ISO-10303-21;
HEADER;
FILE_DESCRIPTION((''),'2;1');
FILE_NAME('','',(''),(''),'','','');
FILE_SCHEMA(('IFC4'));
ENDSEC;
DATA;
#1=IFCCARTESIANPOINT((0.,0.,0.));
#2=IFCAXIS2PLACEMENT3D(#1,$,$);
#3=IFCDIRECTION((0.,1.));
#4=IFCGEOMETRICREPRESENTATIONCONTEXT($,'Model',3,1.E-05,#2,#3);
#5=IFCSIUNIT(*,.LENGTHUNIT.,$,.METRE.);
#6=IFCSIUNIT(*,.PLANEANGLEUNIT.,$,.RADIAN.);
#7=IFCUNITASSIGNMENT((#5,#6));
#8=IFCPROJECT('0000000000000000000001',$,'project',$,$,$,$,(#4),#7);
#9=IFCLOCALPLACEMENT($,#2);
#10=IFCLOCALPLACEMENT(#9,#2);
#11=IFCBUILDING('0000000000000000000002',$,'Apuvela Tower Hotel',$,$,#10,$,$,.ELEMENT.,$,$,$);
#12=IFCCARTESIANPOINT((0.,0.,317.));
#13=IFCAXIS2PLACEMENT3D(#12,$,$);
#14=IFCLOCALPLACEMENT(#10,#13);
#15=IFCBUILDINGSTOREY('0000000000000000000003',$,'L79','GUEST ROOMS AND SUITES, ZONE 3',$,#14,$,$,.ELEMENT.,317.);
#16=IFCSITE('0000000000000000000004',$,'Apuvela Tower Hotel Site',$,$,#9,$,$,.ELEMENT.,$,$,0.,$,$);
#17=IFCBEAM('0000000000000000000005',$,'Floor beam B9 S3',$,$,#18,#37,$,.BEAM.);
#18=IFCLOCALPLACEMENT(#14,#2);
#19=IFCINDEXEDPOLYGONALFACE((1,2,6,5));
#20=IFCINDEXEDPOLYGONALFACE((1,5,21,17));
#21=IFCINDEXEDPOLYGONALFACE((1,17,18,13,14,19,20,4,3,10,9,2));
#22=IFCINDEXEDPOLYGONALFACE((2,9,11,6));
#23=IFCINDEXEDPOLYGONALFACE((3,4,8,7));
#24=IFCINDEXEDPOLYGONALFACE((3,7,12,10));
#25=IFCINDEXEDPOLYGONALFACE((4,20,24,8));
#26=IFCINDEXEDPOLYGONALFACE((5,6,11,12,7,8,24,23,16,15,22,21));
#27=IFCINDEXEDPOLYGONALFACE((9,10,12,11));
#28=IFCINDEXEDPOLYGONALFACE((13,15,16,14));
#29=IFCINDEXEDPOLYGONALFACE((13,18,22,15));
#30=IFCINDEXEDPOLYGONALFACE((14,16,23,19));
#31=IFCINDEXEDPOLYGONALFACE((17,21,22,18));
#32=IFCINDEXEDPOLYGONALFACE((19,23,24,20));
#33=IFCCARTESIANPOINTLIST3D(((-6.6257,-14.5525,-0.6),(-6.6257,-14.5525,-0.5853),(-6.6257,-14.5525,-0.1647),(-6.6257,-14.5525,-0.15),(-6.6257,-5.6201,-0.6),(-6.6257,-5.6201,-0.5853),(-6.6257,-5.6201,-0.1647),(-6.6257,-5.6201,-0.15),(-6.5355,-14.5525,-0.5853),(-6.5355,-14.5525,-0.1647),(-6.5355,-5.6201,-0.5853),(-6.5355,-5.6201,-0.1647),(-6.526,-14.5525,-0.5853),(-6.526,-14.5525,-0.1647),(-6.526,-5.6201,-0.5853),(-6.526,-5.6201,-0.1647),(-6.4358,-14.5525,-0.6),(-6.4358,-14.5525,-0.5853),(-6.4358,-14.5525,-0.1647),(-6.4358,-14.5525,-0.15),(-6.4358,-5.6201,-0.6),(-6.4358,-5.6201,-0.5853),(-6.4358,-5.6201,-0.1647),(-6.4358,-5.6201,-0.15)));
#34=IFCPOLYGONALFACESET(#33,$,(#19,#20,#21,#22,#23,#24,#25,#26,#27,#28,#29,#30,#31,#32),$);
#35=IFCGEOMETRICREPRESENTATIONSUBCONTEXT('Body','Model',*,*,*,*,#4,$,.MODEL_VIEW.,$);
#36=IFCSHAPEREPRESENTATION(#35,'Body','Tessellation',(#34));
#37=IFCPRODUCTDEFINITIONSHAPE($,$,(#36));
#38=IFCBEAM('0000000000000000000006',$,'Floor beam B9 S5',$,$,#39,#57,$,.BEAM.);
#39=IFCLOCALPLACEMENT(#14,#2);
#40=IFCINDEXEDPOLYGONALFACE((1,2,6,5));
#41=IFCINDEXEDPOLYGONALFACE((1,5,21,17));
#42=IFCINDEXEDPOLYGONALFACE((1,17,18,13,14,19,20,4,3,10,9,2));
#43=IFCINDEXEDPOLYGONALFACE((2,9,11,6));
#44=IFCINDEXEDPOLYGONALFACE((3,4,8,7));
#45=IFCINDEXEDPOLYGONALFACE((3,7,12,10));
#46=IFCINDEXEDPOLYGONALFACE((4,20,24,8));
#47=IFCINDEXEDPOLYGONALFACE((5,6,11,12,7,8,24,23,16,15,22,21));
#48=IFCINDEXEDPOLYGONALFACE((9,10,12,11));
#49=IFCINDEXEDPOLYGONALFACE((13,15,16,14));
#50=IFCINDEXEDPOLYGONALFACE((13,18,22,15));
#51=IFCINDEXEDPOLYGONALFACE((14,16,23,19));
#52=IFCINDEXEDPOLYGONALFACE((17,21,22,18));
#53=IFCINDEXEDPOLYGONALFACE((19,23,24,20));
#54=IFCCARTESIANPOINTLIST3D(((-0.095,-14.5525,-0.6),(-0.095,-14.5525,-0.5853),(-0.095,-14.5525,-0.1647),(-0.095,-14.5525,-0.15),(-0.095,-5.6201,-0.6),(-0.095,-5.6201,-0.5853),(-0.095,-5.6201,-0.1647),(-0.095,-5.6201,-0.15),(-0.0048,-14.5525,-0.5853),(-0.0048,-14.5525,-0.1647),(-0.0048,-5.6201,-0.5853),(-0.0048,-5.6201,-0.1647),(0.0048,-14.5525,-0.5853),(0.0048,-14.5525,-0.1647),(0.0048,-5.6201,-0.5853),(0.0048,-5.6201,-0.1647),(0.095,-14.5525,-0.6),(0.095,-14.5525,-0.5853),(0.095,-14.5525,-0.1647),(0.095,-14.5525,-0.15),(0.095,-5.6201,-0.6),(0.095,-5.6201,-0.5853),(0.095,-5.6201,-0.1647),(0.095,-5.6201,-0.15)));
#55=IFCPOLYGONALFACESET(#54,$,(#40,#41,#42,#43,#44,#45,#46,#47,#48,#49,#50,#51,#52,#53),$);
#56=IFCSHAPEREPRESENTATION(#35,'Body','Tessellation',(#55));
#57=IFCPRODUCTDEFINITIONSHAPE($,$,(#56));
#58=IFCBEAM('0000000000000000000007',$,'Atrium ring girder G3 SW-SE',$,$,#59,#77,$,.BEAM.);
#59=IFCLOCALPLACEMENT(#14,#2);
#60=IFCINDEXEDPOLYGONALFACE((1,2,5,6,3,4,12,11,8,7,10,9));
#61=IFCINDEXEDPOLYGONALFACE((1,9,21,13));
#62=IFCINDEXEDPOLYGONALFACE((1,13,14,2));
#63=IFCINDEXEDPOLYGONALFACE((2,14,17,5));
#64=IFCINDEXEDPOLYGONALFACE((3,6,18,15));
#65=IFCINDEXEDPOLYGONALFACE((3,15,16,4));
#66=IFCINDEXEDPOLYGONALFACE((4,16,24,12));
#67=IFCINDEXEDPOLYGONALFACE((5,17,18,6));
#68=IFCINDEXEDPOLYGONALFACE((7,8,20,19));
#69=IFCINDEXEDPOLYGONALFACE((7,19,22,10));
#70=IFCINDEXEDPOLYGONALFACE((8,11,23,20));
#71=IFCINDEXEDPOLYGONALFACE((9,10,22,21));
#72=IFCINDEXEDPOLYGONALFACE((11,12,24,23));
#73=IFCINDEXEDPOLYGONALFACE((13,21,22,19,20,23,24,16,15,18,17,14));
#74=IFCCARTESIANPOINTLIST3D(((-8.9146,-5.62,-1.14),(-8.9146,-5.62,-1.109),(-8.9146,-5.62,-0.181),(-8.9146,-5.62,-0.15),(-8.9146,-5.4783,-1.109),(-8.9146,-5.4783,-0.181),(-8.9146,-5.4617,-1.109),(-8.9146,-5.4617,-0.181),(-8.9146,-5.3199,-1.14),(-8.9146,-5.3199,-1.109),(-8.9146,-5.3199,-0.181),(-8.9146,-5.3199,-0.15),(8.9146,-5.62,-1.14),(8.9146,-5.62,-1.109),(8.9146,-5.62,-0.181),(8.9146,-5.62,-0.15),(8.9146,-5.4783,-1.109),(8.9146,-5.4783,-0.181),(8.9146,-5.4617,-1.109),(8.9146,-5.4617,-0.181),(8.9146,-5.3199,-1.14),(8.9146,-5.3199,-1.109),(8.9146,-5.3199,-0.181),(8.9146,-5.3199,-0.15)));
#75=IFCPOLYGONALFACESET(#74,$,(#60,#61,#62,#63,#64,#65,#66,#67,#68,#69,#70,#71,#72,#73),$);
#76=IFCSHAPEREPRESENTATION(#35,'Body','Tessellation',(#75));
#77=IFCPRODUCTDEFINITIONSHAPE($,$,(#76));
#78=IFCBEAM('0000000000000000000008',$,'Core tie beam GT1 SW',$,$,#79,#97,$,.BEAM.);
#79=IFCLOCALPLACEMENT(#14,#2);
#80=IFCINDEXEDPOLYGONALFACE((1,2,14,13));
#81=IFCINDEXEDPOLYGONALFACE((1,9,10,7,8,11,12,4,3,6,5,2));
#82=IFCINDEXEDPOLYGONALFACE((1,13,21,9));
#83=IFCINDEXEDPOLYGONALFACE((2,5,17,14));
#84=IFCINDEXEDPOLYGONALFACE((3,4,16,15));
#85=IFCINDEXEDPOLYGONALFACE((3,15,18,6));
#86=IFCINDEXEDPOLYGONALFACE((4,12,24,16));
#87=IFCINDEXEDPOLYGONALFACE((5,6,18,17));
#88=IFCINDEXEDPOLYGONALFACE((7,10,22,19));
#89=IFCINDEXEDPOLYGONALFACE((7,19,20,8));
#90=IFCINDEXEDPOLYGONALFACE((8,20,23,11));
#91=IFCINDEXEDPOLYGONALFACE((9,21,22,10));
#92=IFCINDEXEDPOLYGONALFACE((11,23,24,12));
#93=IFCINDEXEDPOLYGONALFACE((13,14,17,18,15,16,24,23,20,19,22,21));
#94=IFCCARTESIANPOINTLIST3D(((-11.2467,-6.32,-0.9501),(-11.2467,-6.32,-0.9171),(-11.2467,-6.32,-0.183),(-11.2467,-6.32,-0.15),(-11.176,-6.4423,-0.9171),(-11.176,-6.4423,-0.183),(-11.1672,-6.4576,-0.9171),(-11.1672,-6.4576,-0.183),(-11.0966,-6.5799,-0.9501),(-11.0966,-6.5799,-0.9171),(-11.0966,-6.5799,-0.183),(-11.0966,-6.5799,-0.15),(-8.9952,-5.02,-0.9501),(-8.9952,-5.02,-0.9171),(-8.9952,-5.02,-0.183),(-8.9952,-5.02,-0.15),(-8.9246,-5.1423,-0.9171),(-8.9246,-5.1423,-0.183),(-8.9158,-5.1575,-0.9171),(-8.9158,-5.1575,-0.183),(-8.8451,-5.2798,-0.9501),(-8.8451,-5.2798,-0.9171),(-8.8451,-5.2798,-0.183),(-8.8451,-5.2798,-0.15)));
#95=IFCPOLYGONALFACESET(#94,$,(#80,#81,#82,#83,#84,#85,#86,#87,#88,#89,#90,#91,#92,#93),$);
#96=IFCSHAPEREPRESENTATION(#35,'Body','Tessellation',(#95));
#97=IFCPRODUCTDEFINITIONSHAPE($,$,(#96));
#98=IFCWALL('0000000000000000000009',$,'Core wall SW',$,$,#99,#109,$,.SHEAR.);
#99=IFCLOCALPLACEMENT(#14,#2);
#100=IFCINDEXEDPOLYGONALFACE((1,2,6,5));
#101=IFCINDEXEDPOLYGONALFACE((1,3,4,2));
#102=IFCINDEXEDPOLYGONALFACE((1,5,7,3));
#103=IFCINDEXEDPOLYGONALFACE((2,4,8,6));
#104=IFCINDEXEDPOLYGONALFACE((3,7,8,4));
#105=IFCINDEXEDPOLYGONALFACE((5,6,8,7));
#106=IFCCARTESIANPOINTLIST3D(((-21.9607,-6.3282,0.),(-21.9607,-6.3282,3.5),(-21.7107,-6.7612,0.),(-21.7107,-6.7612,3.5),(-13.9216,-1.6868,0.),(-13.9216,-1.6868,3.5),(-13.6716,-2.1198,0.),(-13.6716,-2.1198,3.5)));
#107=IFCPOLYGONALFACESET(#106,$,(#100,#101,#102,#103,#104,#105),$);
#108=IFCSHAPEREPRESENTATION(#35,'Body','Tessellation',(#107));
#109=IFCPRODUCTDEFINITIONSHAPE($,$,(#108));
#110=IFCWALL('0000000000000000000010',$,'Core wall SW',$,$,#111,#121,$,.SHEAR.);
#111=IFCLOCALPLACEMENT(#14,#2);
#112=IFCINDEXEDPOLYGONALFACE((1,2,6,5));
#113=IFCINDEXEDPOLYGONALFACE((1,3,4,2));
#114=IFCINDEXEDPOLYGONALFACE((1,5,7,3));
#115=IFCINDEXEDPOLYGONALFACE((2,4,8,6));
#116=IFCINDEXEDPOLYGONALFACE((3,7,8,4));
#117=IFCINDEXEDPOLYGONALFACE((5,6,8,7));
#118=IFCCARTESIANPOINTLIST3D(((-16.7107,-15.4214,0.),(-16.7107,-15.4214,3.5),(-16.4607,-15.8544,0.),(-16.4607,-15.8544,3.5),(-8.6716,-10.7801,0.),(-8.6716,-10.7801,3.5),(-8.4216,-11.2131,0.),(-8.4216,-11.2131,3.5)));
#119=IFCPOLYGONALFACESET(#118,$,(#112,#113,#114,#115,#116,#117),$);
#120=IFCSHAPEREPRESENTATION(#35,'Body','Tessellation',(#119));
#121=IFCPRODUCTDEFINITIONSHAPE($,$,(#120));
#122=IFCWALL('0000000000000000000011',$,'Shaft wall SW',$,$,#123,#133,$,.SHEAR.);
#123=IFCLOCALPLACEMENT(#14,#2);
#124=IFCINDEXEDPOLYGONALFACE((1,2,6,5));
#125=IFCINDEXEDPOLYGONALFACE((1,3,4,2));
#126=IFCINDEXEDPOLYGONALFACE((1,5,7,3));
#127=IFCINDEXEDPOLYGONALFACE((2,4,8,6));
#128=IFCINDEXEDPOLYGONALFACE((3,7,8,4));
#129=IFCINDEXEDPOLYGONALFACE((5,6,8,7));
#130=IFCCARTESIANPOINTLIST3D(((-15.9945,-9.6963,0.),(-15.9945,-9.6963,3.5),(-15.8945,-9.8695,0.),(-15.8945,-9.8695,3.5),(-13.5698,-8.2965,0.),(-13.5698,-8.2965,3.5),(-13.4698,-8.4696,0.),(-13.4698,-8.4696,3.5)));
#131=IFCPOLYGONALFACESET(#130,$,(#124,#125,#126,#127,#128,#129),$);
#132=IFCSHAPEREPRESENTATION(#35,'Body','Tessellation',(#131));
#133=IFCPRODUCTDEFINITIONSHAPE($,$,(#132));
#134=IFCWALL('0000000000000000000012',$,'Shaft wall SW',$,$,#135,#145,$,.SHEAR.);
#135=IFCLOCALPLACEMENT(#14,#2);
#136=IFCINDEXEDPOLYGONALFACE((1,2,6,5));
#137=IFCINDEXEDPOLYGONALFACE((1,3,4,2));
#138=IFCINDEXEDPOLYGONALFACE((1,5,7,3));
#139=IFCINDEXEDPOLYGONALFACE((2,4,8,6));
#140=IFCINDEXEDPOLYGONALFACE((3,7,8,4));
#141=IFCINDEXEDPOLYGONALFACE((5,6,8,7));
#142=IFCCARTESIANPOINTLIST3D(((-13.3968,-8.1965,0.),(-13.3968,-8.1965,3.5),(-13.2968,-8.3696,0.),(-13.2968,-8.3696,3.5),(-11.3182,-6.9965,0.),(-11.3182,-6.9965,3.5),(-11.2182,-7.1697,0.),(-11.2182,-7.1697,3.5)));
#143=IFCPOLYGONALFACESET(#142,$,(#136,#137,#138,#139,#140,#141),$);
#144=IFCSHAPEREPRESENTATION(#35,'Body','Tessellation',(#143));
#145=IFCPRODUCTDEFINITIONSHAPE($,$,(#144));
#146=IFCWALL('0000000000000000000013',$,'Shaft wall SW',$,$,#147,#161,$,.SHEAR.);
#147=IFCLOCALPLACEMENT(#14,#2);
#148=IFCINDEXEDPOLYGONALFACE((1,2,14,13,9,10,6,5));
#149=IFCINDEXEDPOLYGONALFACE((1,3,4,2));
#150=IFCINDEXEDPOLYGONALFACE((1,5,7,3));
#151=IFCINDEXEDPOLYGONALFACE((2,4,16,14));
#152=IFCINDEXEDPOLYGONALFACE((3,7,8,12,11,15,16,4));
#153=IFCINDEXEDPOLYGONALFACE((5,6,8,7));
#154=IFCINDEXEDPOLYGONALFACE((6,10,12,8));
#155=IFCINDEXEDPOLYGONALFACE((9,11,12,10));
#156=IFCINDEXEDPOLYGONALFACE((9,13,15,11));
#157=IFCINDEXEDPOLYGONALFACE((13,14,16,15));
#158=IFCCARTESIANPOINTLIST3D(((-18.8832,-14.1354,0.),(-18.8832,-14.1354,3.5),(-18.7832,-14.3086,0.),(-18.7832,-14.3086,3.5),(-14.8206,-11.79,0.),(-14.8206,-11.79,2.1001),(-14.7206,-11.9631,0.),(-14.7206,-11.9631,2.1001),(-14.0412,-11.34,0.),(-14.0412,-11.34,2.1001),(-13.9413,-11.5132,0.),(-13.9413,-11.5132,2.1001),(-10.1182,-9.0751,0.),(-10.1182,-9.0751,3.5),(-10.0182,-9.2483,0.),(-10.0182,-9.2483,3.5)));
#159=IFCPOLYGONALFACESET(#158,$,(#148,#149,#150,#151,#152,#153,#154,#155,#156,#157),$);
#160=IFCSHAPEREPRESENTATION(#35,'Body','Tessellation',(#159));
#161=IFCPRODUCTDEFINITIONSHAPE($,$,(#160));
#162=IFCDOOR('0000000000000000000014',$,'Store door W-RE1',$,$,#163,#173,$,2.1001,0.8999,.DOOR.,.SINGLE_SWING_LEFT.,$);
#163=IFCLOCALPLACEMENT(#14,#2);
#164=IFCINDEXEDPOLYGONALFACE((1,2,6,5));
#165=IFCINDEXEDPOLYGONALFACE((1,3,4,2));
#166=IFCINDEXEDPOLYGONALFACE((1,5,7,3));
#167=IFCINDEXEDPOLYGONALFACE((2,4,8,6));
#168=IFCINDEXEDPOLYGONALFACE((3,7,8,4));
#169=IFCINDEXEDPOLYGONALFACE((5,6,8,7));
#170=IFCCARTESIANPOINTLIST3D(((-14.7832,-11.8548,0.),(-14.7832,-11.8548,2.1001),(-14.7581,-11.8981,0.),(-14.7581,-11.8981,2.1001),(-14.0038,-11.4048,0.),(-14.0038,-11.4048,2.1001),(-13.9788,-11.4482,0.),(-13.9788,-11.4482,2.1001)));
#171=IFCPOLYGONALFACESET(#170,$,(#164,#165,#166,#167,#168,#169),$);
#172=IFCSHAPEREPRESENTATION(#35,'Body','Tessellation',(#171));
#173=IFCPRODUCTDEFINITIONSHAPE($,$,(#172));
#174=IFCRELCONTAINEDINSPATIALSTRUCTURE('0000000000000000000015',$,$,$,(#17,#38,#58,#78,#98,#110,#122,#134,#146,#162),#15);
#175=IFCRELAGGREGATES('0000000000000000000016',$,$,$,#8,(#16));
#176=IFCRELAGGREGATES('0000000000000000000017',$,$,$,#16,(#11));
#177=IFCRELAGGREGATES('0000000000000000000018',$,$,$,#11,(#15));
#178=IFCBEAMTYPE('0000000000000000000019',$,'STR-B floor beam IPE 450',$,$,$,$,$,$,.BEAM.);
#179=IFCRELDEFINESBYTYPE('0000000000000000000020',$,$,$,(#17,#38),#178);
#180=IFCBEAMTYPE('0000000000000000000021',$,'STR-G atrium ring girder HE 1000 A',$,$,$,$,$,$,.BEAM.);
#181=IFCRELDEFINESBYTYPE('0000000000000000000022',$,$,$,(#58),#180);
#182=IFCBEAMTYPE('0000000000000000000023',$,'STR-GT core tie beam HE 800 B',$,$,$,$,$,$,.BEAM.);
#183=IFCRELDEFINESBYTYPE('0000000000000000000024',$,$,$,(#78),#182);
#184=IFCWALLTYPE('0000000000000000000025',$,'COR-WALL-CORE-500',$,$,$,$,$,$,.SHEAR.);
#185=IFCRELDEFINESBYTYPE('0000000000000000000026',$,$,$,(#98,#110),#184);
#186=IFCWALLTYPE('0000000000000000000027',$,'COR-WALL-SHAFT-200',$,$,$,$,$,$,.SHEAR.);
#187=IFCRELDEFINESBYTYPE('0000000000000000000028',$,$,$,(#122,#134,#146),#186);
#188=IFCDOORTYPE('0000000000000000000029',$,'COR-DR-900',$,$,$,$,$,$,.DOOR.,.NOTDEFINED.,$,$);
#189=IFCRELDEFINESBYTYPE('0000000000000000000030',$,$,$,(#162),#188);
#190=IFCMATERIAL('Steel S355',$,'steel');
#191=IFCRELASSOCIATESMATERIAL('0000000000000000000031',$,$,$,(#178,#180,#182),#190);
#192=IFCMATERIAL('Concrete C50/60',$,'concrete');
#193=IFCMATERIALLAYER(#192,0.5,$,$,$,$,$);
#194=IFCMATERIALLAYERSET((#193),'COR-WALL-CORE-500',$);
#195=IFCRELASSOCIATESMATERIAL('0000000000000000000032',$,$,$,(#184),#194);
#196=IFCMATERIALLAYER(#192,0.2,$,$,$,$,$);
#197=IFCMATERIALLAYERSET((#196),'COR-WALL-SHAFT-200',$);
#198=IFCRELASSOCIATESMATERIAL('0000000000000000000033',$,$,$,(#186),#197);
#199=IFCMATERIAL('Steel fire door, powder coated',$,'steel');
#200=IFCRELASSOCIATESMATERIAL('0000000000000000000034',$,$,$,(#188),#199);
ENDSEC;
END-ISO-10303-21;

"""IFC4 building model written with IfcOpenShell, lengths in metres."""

from ifc_helpers import new_model, si_unit, direction, frame, frame_2d, origin, origin_2d, place, context, subcontext, project, spatial, rectangle, i_section, extrude, material, layer, layer_set, material_profile, profile_set, type_object, element, fill, save


model = new_model("IFC4")

# Units and contexts
model_context = context("Model", 3, precision=1e-05, world=origin(), true_north=direction((0.0, 1.0)))
body_context = subcontext(model_context, "Body", "Model", "MODEL_VIEW")
ifc_project = project(units=[si_unit("LENGTHUNIT", "METRE"), si_unit("PLANEANGLEUNIT", "RADIAN")], contexts=[model_context])

# Site, building, storey
site_placement = place(None, origin())
site = spatial("IfcSite", under=ifc_project, at=site_placement, Name="Apuvela Tower Hotel Site", CompositionType="ELEMENT", RefElevation=0.0)
building_placement = place(site_placement, origin())
building = spatial("IfcBuilding", under=site, at=building_placement, Name="Apuvela Tower Hotel", CompositionType="ELEMENT")
storey_placement = place(building_placement, frame((0.0, 0.0, 317.0)))
storey = spatial("IfcBuildingStorey", under=building, at=storey_placement, Name="L79", Description="GUEST ROOMS AND SUITES, ZONE 3", CompositionType="ELEMENT", Elevation=317.0)

# Beams
ifc_material_1 = material(Name="Steel S355", Category="steel")
ifc_material_profile_1 = material_profile(ifc_material_1, i_section(OverallWidth=0.1899, OverallDepth=0.45, WebThickness=0.0095, FlangeThickness=0.0146, at=origin_2d()), Name="IPE 450")
ifc_profile_set_1 = profile_set([ifc_material_profile_1], Name="Steel S355")
beam_type_1 = type_object("IfcBeamType", Name="STR-B floor beam IPE 450", PredefinedType="BEAM", material=ifc_profile_set_1)
for number, where, z_axis, x_axis, name in (
    (1, (-6.5308, -14.5525, -0.375), (0.0, 1.0, 0.0), (-1.0, 0.0, 0.0), "Floor beam B9 S3"),
    (2, (0.0, -14.5525, -0.375), (0.0, 1.0, 0.0), (-1.0, 0.0, 0.0), "Floor beam B9 S5"),
):
    element("IfcBeam", number, at=place(storey_placement, frame(where, z_axis=z_axis, x_axis=x_axis)), inside=storey, type_object=beam_type_1, Name=name, PredefinedType="BEAM", context=body_context, shape_type="SweptSolid", body=[
        extrude(i_section(OverallWidth=0.1899, OverallDepth=0.45, WebThickness=0.0095, FlangeThickness=0.0146, at=origin_2d()), origin(), (0.0, 0.0, 1.0), 8.9324),
    ])
ifc_material_profile_2 = material_profile(ifc_material_1, i_section(OverallWidth=0.3, OverallDepth=0.99, WebThickness=0.0166, FlangeThickness=0.031, at=origin_2d()), Name="HE 1000 A")
ifc_profile_set_2 = profile_set([ifc_material_profile_2], Name="Steel S355")
beam_type_2 = type_object("IfcBeamType", Name="STR-G atrium ring girder HE 1000 A", PredefinedType="BEAM", material=ifc_profile_set_2)
beam_1_placement = place(storey_placement, frame((-8.9146, -5.47, -0.645), z_axis=(1.0, 0.0, 0.0), x_axis=(0.0, 1.0, 0.0)))
element("IfcBeam", 3, at=beam_1_placement, inside=storey, type_object=beam_type_2, Name="Atrium ring girder G3 SW-SE", PredefinedType="BEAM", context=body_context, shape_type="SweptSolid", body=[
    extrude(i_section(OverallWidth=0.3, OverallDepth=0.99, WebThickness=0.0166, FlangeThickness=0.031, at=origin_2d()), origin(), (0.0, 0.0, 1.0), 17.8291),
])
ifc_material_profile_3 = material_profile(ifc_material_1, i_section(OverallWidth=0.3, OverallDepth=0.8, WebThickness=0.0176, FlangeThickness=0.033, at=origin_2d()), Name="HE 800 B")
ifc_profile_set_3 = profile_set([ifc_material_profile_3], Name="Steel S355")
beam_type_3 = type_object("IfcBeamType", Name="STR-GT core tie beam HE 800 B", PredefinedType="BEAM", material=ifc_profile_set_3)
beam_2_placement = place(storey_placement, frame((-11.1716, -6.45, -0.55), z_axis=(0.865998, 0.500048, 0.0), x_axis=(-0.500048, 0.865998, 0.0)))
element("IfcBeam", 4, at=beam_2_placement, inside=storey, type_object=beam_type_3, Name="Core tie beam GT1 SW", PredefinedType="BEAM", context=body_context, shape_type="SweptSolid", body=[
    extrude(i_section(OverallWidth=0.3, OverallDepth=0.8, WebThickness=0.0176, FlangeThickness=0.033, at=origin_2d()), origin(), (0.0, 0.0, 1.0), 2.5999),
])

# Walls
ifc_material_2 = material(Name="Concrete C50/60", Category="concrete")
ifc_layer_1 = layer(ifc_material_2, 0.5)
ifc_layer_set_1 = layer_set([ifc_layer_1], Name="COR-WALL-CORE-500")
wall_type_1 = type_object("IfcWallType", Name="COR-WALL-CORE-500", PredefinedType="SHEAR", material=ifc_layer_set_1)
for number, where, z_axis, x_axis, name in (
    (5, (-13.7966, -1.9033, 0.0), (0.0, 0.0, 1.0), (-0.866025, -0.5, 0.0), "Core wall SW"),
    (6, (-8.5466, -10.9966, 0.0), (0.0, 0.0, 1.0), (-0.866025, -0.5, 0.0), "Core wall SW"),
):
    element("IfcWall", number, at=place(storey_placement, frame(where, z_axis=z_axis, x_axis=x_axis)), inside=storey, type_object=wall_type_1, Name=name, PredefinedType="SHEAR", context=body_context, shape_type="SweptSolid", body=[
        extrude(rectangle(XDim=9.2827, YDim=0.5, at=frame_2d((4.6414, 0.0))), origin(), (0.0, 0.0, 1.0), 3.5),
    ])
ifc_layer_2 = layer(ifc_material_2, 0.2)
ifc_layer_set_2 = layer_set([ifc_layer_2], Name="COR-WALL-SHAFT-200")
wall_type_2 = type_object("IfcWallType", Name="COR-WALL-SHAFT-200", PredefinedType="SHEAR", material=ifc_layer_set_2)
wall_1_placement = place(storey_placement, frame((-13.5198, -8.3831, 0.0), z_axis=(0.0, 0.0, 1.0), x_axis=(-0.866035, -0.499984, 0.0)))
element("IfcWall", 7, at=wall_1_placement, inside=storey, type_object=wall_type_2, Name="Shaft wall SW", PredefinedType="SHEAR", context=body_context, shape_type="SweptSolid", body=[
    extrude(rectangle(XDim=2.7998, YDim=0.2, at=frame_2d((1.3999, 0.0))), origin(), (0.0, 0.0, 1.0), 3.5),
])
wall_2_placement = place(storey_placement, frame((-11.2681, -7.083, 0.0), z_axis=(0.0, 0.0, 1.0), x_axis=(-0.86605, -0.499957, 0.0)))
element("IfcWall", 8, at=wall_2_placement, inside=storey, type_object=wall_type_2, Name="Shaft wall SW", PredefinedType="SHEAR", context=body_context, shape_type="SweptSolid", body=[
    extrude(rectangle(XDim=2.4001, YDim=0.2, at=frame_2d((1.2002, 0.0))), origin(), (0.0, 0.0, 1.0), 3.5),
])

# Wall, opening, door
wall_3_placement = place(storey_placement, frame((-10.0681, -9.1616, 0.0), z_axis=(0.0, 0.0, 1.0), x_axis=(-0.86603, -0.499992, 0.0)))
wall_3 = element("IfcWall", 9, at=wall_3_placement, inside=storey, type_object=wall_type_2, Name="Shaft wall SW", PredefinedType="SHEAR", context=body_context, shape_type="SweptSolid", body=[
    extrude(rectangle(XDim=10.1208, YDim=0.2, at=frame_2d((5.0605, 0.0))), origin(), (0.0, 0.0, 1.0), 3.5),
])
opening_1_placement = place(wall_3_placement, frame((4.53, 0.0, 0.0)))
opening_1 = element("IfcOpeningElement", 10, at=opening_1_placement, cuts=wall_3, PredefinedType="OPENING", context=body_context, shape_type="SweptSolid", body=[
    extrude(rectangle(XDim=0.8999, YDim=2.1001, at=frame_2d((0.45, 1.05))), frame((0.0, 0.1099, 0.0), z_axis=(0.0, -1.0, 0.0), x_axis=(1.0, 0.0, 0.0)), (0.0, 0.0, 1.0), 0.22),
])
ifc_material_3 = material(Name="Steel fire door, powder coated", Category="steel")
door_type_1 = type_object("IfcDoorType", Name="COR-DR-900", OperationType="NOTDEFINED", PredefinedType="DOOR", material=ifc_material_3)
door_1_placement = place(opening_1_placement, origin())
door_1 = element("IfcDoor", 11, at=door_1_placement, inside=storey, type_object=door_type_1, Name="Store door W-RE1", OperationType="SINGLE_SWING_LEFT", OverallHeight=2.1001, OverallWidth=0.8999, PredefinedType="DOOR", context=body_context, shape_type="SweptSolid", body=[
    extrude(rectangle(XDim=0.8999, YDim=2.1001, at=frame_2d((0.45, 1.05))), frame((0.0, 0.0249, 0.0), z_axis=(0.0, -1.0, 0.0), x_axis=(1.0, 0.0, 0.0)), (0.0, 0.0, 1.0), 0.05),
])
fill(opening_1, door_1)

save(model, "model.ifc")
